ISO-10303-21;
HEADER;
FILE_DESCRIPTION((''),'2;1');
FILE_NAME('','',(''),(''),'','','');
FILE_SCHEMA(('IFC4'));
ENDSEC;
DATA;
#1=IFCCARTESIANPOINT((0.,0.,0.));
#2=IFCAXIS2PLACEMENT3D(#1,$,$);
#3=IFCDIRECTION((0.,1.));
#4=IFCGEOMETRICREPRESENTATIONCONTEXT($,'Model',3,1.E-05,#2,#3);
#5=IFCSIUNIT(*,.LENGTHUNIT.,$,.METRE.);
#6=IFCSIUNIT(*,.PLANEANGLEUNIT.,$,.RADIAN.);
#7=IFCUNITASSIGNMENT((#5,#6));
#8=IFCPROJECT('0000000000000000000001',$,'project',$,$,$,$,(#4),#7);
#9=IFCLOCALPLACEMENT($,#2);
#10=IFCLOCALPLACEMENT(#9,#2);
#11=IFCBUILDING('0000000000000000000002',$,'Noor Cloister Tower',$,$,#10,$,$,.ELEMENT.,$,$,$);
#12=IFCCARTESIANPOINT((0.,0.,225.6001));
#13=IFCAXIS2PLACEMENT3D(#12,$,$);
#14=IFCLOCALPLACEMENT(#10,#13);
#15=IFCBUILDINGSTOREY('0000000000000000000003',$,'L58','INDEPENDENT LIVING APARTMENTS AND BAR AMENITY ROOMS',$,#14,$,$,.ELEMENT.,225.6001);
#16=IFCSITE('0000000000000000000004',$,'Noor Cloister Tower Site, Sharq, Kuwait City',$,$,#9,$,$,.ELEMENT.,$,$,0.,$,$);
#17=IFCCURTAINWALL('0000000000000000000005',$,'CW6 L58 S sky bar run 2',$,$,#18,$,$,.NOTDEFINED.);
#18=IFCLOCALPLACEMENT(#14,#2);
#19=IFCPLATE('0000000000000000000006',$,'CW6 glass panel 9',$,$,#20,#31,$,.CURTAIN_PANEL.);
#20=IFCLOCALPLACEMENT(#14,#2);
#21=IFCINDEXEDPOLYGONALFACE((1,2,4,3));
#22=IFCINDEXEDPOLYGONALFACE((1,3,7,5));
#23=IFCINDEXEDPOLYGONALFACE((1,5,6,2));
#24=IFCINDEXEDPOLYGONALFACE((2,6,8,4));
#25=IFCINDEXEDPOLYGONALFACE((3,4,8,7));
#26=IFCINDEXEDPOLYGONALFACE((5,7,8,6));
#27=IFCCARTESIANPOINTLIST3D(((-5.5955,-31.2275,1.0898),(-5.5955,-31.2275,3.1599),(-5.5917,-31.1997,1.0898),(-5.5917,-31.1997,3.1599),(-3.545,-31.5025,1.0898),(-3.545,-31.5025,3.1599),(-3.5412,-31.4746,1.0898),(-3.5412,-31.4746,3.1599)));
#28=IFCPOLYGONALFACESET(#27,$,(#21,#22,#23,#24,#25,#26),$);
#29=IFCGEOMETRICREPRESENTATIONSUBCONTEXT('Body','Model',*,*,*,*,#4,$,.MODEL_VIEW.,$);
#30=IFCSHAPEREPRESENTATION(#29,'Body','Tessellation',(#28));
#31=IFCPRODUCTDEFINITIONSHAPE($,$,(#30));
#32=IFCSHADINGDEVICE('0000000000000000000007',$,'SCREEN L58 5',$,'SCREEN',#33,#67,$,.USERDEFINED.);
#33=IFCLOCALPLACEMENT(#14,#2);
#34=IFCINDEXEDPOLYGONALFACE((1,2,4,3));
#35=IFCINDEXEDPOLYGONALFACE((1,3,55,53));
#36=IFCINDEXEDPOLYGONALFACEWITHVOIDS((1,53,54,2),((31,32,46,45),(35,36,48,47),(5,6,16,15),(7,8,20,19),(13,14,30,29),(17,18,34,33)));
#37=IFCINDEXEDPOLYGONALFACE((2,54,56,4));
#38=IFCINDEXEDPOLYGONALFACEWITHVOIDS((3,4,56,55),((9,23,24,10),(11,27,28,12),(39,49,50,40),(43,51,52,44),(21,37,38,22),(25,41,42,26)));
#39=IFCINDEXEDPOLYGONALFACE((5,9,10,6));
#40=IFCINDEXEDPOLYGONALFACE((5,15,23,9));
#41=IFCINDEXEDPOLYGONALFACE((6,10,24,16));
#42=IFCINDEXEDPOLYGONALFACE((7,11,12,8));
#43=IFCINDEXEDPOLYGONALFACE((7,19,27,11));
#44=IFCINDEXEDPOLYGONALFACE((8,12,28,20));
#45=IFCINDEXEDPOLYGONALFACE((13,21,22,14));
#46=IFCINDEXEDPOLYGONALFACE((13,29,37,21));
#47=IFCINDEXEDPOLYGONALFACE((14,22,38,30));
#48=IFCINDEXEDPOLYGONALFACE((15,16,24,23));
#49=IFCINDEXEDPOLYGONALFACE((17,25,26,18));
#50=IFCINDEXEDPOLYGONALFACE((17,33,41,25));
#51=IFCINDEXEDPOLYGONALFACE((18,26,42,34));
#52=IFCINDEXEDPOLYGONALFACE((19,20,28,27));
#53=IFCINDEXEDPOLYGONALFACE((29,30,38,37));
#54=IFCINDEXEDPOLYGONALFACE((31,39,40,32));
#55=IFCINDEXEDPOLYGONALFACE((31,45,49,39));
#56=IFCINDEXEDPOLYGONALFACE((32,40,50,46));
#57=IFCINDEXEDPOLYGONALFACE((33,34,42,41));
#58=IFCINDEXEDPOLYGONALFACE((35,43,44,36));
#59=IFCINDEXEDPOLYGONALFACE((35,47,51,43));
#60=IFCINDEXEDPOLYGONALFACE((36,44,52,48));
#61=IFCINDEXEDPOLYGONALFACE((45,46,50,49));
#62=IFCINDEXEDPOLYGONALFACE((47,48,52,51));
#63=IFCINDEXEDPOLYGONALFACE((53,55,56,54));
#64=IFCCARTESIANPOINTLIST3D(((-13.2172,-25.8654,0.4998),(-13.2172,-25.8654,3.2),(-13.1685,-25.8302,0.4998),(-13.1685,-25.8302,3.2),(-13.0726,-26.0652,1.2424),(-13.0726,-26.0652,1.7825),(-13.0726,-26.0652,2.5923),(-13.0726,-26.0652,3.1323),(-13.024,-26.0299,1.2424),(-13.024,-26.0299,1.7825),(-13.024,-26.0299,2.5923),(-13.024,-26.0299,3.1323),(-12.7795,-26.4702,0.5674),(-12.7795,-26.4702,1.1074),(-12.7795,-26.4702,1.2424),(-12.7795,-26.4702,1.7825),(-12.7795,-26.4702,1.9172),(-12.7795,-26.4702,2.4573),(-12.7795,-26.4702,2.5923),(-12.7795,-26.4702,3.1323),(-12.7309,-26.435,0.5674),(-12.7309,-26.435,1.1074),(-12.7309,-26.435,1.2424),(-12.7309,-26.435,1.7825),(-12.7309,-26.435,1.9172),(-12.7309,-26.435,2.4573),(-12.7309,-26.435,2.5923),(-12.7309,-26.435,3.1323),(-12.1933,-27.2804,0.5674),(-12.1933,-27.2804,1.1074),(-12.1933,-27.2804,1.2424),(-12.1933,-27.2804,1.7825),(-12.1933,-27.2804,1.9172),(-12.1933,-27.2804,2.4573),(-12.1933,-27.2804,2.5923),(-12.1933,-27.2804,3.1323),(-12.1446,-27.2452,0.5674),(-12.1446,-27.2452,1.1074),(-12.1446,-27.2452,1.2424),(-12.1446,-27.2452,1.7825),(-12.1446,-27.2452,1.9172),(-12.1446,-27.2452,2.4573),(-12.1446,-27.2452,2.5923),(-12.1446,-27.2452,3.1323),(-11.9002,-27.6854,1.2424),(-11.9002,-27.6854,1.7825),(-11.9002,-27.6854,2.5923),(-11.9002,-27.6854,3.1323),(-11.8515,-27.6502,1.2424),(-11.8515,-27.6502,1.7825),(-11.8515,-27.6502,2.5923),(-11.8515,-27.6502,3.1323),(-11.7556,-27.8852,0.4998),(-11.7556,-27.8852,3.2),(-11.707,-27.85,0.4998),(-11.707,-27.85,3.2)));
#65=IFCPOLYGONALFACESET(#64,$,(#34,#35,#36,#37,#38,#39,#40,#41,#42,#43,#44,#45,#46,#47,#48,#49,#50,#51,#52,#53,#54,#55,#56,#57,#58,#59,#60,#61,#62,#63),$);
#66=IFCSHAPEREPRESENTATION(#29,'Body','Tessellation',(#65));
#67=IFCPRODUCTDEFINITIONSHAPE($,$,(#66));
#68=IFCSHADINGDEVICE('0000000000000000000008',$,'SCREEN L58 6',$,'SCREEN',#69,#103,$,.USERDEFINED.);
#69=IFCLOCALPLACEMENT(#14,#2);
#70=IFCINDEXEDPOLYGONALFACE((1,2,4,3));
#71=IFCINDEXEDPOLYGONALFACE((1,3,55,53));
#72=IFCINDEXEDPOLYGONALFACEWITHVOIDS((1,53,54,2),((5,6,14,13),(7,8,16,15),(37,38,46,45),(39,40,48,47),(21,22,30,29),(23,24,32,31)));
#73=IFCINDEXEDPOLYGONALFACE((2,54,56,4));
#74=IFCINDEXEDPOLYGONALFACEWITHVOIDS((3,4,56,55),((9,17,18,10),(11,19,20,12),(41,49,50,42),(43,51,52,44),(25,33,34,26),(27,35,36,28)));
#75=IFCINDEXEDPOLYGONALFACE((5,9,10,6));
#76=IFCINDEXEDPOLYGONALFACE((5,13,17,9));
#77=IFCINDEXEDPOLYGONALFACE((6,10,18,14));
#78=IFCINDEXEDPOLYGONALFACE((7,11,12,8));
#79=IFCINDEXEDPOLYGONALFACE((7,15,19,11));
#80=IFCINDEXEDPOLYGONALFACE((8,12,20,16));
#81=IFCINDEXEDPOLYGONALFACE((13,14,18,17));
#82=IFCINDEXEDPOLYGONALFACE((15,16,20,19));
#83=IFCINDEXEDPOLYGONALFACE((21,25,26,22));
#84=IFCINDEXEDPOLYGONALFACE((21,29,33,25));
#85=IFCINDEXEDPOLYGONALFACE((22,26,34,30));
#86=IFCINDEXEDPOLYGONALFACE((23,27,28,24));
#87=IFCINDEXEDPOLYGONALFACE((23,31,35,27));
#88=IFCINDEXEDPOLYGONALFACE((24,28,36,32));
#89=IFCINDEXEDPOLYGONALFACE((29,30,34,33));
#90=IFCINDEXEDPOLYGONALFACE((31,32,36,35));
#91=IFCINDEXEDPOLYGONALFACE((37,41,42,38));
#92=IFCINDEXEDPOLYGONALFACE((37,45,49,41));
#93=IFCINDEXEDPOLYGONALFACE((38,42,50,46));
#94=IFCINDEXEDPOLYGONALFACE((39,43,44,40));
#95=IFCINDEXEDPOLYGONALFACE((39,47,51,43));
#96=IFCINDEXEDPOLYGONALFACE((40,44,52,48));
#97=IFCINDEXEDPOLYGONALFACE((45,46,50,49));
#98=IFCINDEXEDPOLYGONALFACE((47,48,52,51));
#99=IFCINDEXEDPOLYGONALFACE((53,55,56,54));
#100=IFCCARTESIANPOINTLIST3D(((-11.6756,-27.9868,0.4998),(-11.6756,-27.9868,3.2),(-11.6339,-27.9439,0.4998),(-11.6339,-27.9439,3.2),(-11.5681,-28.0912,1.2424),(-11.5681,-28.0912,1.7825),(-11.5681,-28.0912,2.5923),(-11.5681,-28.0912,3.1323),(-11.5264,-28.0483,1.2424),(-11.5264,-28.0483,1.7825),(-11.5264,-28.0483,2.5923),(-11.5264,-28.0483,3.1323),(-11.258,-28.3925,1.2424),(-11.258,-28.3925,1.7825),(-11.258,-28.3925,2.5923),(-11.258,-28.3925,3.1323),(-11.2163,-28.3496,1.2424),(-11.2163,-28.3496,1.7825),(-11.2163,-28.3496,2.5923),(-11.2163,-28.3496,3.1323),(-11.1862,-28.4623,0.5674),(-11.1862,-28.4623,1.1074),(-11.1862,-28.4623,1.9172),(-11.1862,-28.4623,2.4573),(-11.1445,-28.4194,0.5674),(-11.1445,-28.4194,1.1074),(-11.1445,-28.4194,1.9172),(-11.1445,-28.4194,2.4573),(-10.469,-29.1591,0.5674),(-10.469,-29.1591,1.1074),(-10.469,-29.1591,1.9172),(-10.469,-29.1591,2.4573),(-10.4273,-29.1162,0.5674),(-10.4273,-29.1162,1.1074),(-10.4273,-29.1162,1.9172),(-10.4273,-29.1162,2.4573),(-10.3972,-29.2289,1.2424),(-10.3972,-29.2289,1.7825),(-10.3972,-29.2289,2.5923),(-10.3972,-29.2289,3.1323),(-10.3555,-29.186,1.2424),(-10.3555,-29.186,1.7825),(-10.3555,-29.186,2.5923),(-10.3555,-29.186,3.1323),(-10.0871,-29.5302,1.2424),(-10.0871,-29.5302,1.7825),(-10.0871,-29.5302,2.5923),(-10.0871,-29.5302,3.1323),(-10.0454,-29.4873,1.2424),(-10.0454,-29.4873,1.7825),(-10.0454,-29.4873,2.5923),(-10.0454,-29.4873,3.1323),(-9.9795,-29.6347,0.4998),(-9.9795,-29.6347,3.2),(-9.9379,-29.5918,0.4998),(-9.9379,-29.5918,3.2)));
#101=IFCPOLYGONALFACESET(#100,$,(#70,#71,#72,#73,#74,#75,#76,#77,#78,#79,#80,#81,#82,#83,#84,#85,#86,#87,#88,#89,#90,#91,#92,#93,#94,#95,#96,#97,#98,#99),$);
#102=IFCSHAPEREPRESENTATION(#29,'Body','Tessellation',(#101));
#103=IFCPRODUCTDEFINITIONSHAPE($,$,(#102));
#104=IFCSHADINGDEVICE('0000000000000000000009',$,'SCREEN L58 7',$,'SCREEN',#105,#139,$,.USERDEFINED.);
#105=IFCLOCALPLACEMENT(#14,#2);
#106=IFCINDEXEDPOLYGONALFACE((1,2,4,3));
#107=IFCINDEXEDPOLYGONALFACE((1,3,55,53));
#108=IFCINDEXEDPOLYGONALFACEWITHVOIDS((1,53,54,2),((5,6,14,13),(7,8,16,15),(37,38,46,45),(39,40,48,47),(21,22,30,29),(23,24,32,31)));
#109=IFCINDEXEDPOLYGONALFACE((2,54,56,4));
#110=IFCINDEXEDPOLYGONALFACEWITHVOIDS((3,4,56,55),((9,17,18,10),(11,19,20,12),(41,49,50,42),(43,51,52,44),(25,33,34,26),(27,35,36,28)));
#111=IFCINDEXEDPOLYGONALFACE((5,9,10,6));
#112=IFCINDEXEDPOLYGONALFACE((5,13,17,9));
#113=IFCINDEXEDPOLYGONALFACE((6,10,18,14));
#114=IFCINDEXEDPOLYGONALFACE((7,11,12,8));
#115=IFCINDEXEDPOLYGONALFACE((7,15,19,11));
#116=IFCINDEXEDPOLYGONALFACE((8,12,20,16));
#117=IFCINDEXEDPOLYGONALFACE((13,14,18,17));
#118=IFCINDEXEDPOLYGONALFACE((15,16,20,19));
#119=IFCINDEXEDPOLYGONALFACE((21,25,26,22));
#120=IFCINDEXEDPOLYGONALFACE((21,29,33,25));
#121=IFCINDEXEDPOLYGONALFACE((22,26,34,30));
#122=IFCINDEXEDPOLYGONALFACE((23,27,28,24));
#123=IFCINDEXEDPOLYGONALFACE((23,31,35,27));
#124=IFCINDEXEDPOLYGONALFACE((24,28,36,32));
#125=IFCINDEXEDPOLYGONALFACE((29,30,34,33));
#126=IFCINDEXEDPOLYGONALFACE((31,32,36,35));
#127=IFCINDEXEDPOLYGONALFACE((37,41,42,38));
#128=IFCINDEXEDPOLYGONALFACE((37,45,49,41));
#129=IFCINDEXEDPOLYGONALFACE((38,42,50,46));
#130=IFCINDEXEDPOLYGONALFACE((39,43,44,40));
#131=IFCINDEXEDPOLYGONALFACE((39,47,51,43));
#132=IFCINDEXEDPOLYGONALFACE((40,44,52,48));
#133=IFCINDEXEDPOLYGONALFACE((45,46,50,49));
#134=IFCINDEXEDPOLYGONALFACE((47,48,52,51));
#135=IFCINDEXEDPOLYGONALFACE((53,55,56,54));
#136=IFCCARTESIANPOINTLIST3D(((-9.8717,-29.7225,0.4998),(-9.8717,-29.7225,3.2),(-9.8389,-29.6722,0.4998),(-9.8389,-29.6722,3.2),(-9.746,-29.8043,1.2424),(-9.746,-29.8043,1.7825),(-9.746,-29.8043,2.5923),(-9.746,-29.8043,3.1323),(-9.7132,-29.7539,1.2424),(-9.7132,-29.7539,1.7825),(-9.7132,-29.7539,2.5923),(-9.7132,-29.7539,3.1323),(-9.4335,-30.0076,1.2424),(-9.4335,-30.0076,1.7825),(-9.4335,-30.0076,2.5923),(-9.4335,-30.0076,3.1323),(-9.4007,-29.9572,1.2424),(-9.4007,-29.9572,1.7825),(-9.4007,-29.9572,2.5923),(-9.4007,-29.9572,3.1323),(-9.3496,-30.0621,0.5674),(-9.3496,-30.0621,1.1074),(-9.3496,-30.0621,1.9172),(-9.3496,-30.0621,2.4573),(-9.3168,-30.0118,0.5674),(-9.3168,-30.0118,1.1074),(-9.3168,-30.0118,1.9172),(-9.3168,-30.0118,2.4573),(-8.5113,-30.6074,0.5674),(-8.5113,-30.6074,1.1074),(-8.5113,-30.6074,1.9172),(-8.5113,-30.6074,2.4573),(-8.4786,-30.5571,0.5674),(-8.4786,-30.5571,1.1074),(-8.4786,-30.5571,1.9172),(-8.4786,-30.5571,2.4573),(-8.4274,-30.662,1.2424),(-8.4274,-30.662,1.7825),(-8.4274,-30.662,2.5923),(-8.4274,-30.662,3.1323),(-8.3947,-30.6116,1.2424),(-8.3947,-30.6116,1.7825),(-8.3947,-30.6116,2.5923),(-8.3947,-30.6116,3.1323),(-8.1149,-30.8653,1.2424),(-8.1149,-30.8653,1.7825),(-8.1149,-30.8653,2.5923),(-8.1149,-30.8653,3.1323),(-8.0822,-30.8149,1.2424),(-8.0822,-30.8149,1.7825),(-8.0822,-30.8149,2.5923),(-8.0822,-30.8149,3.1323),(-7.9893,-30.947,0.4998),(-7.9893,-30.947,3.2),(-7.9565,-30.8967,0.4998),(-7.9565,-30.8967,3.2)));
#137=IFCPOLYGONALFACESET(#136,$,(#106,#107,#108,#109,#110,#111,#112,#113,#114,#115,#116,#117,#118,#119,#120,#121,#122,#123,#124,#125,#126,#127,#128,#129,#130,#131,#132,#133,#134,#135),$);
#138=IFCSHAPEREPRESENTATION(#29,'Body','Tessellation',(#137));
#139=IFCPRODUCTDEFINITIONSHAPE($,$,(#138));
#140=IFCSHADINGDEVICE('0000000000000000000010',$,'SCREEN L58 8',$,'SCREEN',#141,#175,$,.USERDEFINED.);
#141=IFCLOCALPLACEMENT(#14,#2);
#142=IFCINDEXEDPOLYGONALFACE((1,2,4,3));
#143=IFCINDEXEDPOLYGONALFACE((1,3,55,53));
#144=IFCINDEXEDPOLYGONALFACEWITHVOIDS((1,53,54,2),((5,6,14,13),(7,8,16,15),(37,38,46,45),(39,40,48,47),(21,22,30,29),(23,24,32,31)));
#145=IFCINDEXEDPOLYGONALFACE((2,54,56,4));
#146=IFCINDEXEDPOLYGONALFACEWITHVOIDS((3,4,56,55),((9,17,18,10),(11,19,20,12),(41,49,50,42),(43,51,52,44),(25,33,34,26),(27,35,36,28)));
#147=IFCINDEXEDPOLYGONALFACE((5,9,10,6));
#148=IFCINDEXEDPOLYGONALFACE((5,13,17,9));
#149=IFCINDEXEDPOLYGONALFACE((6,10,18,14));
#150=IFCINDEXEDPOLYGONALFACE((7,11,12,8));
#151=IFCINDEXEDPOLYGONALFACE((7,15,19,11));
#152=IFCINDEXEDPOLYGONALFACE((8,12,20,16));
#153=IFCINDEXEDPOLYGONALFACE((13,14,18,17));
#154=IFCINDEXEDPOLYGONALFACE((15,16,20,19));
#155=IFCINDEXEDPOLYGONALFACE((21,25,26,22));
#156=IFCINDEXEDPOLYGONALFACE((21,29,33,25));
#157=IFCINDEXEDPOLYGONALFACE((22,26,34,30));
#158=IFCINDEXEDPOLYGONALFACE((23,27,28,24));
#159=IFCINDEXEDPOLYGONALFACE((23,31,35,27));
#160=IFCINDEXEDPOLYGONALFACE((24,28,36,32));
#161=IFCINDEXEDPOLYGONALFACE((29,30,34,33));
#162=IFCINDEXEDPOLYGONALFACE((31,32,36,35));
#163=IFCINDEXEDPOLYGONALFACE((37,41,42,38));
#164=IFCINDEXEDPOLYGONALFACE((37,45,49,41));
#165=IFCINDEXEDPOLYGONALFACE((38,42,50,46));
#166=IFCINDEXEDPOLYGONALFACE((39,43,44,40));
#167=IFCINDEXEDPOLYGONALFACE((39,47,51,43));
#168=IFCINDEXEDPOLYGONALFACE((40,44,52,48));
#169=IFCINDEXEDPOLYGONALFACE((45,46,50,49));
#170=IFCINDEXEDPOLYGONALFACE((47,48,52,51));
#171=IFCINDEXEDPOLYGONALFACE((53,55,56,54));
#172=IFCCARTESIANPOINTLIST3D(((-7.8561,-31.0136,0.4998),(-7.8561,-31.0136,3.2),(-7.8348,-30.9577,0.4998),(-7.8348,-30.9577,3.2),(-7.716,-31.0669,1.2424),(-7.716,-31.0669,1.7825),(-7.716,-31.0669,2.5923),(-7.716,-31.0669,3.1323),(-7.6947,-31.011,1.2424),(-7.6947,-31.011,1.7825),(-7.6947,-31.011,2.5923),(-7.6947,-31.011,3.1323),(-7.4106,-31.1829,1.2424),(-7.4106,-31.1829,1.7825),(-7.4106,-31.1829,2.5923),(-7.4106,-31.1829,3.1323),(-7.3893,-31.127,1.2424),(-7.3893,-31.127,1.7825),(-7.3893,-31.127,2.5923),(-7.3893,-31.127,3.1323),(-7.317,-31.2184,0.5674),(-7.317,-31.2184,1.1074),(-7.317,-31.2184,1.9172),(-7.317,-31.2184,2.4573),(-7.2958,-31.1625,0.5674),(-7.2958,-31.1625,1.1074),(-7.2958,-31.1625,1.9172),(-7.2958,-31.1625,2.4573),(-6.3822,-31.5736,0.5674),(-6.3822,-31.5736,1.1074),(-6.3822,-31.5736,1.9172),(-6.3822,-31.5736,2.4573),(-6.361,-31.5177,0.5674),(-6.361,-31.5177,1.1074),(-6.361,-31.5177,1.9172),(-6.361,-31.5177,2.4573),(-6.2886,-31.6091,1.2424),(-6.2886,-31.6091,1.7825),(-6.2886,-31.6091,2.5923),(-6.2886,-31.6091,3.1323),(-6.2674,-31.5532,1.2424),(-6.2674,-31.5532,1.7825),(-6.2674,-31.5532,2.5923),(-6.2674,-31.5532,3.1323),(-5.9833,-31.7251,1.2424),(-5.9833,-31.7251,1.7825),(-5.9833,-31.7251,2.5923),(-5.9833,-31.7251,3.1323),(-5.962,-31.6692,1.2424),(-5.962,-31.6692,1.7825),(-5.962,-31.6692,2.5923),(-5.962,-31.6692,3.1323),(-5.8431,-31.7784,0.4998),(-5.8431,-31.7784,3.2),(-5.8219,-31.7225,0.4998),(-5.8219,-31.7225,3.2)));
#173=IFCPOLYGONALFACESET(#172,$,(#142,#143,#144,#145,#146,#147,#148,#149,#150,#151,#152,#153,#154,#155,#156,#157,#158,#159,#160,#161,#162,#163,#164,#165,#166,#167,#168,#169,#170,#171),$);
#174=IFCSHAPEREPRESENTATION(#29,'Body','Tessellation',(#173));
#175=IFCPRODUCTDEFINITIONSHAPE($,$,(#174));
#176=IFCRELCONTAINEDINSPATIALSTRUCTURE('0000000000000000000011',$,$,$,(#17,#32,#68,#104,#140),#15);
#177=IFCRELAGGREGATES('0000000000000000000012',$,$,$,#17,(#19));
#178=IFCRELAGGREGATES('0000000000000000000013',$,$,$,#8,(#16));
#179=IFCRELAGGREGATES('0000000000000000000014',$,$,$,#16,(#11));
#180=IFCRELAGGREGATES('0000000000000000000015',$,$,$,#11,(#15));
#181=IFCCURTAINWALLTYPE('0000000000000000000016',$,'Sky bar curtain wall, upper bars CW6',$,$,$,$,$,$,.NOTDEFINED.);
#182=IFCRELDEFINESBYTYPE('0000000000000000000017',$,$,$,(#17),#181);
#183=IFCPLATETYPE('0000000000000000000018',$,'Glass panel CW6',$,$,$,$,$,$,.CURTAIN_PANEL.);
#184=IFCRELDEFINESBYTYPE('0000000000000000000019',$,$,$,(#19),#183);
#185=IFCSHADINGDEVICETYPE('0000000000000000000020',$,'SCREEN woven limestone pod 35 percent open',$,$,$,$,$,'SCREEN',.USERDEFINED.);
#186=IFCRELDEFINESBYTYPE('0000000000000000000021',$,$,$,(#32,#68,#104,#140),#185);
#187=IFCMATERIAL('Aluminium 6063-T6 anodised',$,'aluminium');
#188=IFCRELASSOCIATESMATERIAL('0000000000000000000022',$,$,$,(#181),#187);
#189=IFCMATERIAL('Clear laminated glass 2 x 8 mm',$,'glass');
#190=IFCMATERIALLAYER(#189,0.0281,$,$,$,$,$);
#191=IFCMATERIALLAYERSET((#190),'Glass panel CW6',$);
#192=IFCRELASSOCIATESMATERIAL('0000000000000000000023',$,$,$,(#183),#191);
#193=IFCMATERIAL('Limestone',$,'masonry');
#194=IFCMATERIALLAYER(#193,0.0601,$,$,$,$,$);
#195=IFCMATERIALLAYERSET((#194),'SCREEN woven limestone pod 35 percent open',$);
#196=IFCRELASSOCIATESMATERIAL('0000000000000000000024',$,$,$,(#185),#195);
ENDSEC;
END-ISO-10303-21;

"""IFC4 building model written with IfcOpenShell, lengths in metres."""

from ifc_helpers import new_model, si_unit, direction, frame, origin, origin_2d, place, context, subcontext, project, spatial, polyline, rectangle, outline, extrude, material, layer, layer_set, type_object, element, aggregate, save


model = new_model("IFC4")

# Units and contexts
model_context = context("Model", 3, precision=1e-05, world=origin(), true_north=direction((0.0, 1.0)))
body_context = subcontext(model_context, "Body", "Model", "MODEL_VIEW")
ifc_project = project(units=[si_unit("LENGTHUNIT", "METRE"), si_unit("PLANEANGLEUNIT", "RADIAN")], contexts=[model_context])

# Site, building, storey
site_placement = place(None, origin())
site = spatial("IfcSite", under=ifc_project, at=site_placement, Name="Noor Cloister Tower Site, Sharq, Kuwait City", CompositionType="ELEMENT", RefElevation=0.0)
building_placement = place(site_placement, origin())
building = spatial("IfcBuilding", under=site, at=building_placement, Name="Noor Cloister Tower", CompositionType="ELEMENT")
storey_placement = place(building_placement, frame((0.0, 0.0, 225.6001)))
storey = spatial("IfcBuildingStorey", under=building, at=storey_placement, Name="L58", Description="INDEPENDENT LIVING APARTMENTS AND BAR AMENITY ROOMS", CompositionType="ELEMENT", Elevation=225.6001)

# Curtain wall
ifc_material_1 = material(Name="Aluminium 6063-T6 anodised", Category="aluminium")
curtain_wall_type = type_object("IfcCurtainWallType", Name="Sky bar curtain wall, upper bars CW6", PredefinedType="NOTDEFINED", material=ifc_material_1)
curtain_wall_placement = place(storey_placement, origin())
curtain_wall = element("IfcCurtainWall", 1, at=curtain_wall_placement, inside=storey, type_object=curtain_wall_type, Name="CW6 L58 S sky bar run 2", PredefinedType="NOTDEFINED")

# Plate
ifc_material_2 = material(Name="Clear laminated glass 2 x 8 mm", Category="glass")
ifc_layer_1 = layer(ifc_material_2, 0.0281)
ifc_layer_set_1 = layer_set([ifc_layer_1], Name="Glass panel CW6")
plate_type = type_object("IfcPlateType", Name="Glass panel CW6", PredefinedType="CURTAIN_PANEL", material=ifc_layer_set_1)
plate_1_placement = place(storey_placement, frame((-4.5684, -31.3511, 1.0898), z_axis=(0.0, 0.0, 1.0), x_axis=(0.991128, -0.132911, 0.0)))
plate_1 = element("IfcPlate", 2, at=plate_1_placement, type_object=plate_type, Name="CW6 glass panel 9", PredefinedType="CURTAIN_PANEL", context=body_context, shape_type="SweptSolid", body=[
    extrude(rectangle(XDim=2.0688, YDim=0.0281, at=origin_2d()), origin(), (0.0, 0.0, 1.0), 2.0701),
])
aggregate(curtain_wall, [plate_1])

# Shading devices
ifc_material_3 = material(Name="Limestone", Category="masonry")
ifc_layer_2 = layer(ifc_material_3, 0.0601)
ifc_layer_set_2 = layer_set([ifc_layer_2], Name="SCREEN woven limestone pod 35 percent open")
shading_device_type = type_object("IfcShadingDeviceType", Name="SCREEN woven limestone pod 35 percent open", ElementType="SCREEN", PredefinedType="USERDEFINED", material=ifc_layer_set_2)
shading_device_1_placement = place(storey_placement, frame((-12.4377, -26.8401, 1.8499), z_axis=(-0.810142, -0.586234, 0.0), x_axis=(0.586234, -0.810142, 0.0)))
element("IfcShadingDevice", 3, at=shading_device_1_placement, inside=storey, type_object=shading_device_type, Name="SCREEN L58 5", ObjectType="SCREEN", PredefinedType="USERDEFINED", context=body_context, shape_type="SweptSolid", body=[
    extrude(outline(polyline([(-1.2466, -1.3501), (1.2466, -1.3501), (1.2466, 1.3501), (-1.2466, 1.3501), (-1.2466, -1.3501)]), holes=[polyline([(-0.5, -1.2825), (0.5, -1.2825), (0.5, -0.7424), (-0.5, -0.7424), (-0.5, -1.2825)]), polyline([(-1.0, -0.6074), (-0.5, -0.6074), (-0.5, -0.0674), (-1.0, -0.0674), (-1.0, -0.6074)]), polyline([(0.5, -0.6074), (1.0, -0.6074), (1.0, -0.0674), (0.5, -0.0674), (0.5, -0.6074)]), polyline([(-0.5, 0.0674), (0.5, 0.0674), (0.5, 0.6074), (-0.5, 0.6074), (-0.5, 0.0674)]), polyline([(-1.0, 0.7424), (-0.5, 0.7424), (-0.5, 1.2825), (-1.0, 1.2825), (-1.0, 0.7424)]), polyline([(0.5, 0.7424), (1.0, 0.7424), (1.0, 1.2825), (0.5, 1.2825), (0.5, 0.7424)])]), origin(), (0.0, 0.0, 1.0), 0.0601),
])
shading_device_2_placement = place(storey_placement, frame((-10.7859, -28.7678, 1.8499), z_axis=(-0.696846, -0.717221, 0.0), x_axis=(0.717221, -0.696846, 0.0)))
element("IfcShadingDevice", 4, at=shading_device_2_placement, inside=storey, type_object=shading_device_type, Name="SCREEN L58 6", ObjectType="SCREEN", PredefinedType="USERDEFINED", context=body_context, shape_type="SweptSolid", body=[
    extrude(outline(polyline([(-1.1824, -1.3501), (1.1824, -1.3501), (1.1824, 1.3501), (-1.1824, 1.3501), (-1.1824, -1.3501)]), holes=[polyline([(-0.5, -1.2825), (0.5, -1.2825), (0.5, -0.7424), (-0.5, -0.7424), (-0.5, -1.2825)]), polyline([(0.6001, -0.6074), (1.0325, -0.6074), (1.0325, -0.0674), (0.6001, -0.0674), (0.6001, -0.6074)]), polyline([(-1.0325, -0.6074), (-0.6001, -0.6074), (-0.6001, -0.0674), (-1.0325, -0.0674), (-1.0325, -0.6074)]), polyline([(-0.5, 0.0674), (0.5, 0.0674), (0.5, 0.6074), (-0.5, 0.6074), (-0.5, 0.0674)]), polyline([(0.6001, 0.7424), (1.0325, 0.7424), (1.0325, 1.2825), (0.6001, 1.2825), (0.6001, 0.7424)]), polyline([(-1.0325, 0.7424), (-0.6001, 0.7424), (-0.6001, 1.2825), (-1.0325, 1.2825), (-1.0325, 0.7424)])]), origin(), (0.0, 0.0, 1.0), 0.0598),
])
shading_device_3_placement = place(storey_placement, frame((-8.8977, -30.2844, 1.8499), z_axis=(-0.545274, -0.838258, 0.0), x_axis=(0.838258, -0.545274, 0.0)))
element("IfcShadingDevice", 5, at=shading_device_3_placement, inside=storey, type_object=shading_device_type, Name="SCREEN L58 7", ObjectType="SCREEN", PredefinedType="USERDEFINED", context=body_context, shape_type="SweptSolid", body=[
    extrude(outline(polyline([(-1.1228, -1.3501), (1.1228, -1.3501), (1.1228, 1.3501), (-1.1228, 1.3501), (-1.1228, -1.3501)]), holes=[polyline([(-0.5, -1.2825), (0.5, -1.2825), (0.5, -0.7424), (-0.5, -0.7424), (-0.5, -1.2825)]), polyline([(0.6001, -0.6074), (0.9729, -0.6074), (0.9729, -0.0674), (0.6001, -0.0674), (0.6001, -0.6074)]), polyline([(-0.9729, -0.6074), (-0.6001, -0.6074), (-0.6001, -0.0674), (-0.9729, -0.0674), (-0.9729, -0.6074)]), polyline([(-0.5, 0.0674), (0.5, 0.0674), (0.5, 0.6074), (-0.5, 0.6074), (-0.5, 0.0674)]), polyline([(0.6001, 0.7424), (0.9729, 0.7424), (0.9729, 1.2825), (0.6001, 1.2825), (0.6001, 0.7424)]), polyline([(-0.9729, 0.7424), (-0.6001, 0.7424), (-0.6001, 1.2825), (-0.9729, 1.2825), (-0.9729, 0.7424)])]), origin(), (0.0, 0.0, 1.0), 0.0601),
])
shading_device_4_placement = place(storey_placement, frame((-6.8284, -31.3401, 1.8499), z_axis=(-0.355146, -0.934811, 0.0), x_axis=(0.934811, -0.355146, 0.0)))
element("IfcShadingDevice", 6, at=shading_device_4_placement, inside=storey, type_object=shading_device_type, Name="SCREEN L58 8", ObjectType="SCREEN", PredefinedType="USERDEFINED", context=body_context, shape_type="SweptSolid", body=[
    extrude(outline(polyline([(-1.0767, -1.3501), (1.0767, -1.3501), (1.0767, 1.3501), (-1.0767, 1.3501), (-1.0767, -1.3501)]), holes=[polyline([(-0.5, -1.2825), (0.5, -1.2825), (0.5, -0.7424), (-0.5, -0.7424), (-0.5, -1.2825)]), polyline([(0.6001, -0.6074), (0.9268, -0.6074), (0.9268, -0.0674), (0.6001, -0.0674), (0.6001, -0.6074)]), polyline([(-0.9268, -0.6074), (-0.6001, -0.6074), (-0.6001, -0.0674), (-0.9268, -0.0674), (-0.9268, -0.6074)]), polyline([(-0.5, 0.0674), (0.5, 0.0674), (0.5, 0.6074), (-0.5, 0.6074), (-0.5, 0.0674)]), polyline([(0.6001, 0.7424), (0.9268, 0.7424), (0.9268, 1.2825), (0.6001, 1.2825), (0.6001, 0.7424)]), polyline([(-0.9268, 0.7424), (-0.6001, 0.7424), (-0.6001, 1.2825), (-0.9268, 1.2825), (-0.9268, 0.7424)])]), origin(), (0.0, 0.0, 1.0), 0.0598),
])

save(model, "model.ifc")
